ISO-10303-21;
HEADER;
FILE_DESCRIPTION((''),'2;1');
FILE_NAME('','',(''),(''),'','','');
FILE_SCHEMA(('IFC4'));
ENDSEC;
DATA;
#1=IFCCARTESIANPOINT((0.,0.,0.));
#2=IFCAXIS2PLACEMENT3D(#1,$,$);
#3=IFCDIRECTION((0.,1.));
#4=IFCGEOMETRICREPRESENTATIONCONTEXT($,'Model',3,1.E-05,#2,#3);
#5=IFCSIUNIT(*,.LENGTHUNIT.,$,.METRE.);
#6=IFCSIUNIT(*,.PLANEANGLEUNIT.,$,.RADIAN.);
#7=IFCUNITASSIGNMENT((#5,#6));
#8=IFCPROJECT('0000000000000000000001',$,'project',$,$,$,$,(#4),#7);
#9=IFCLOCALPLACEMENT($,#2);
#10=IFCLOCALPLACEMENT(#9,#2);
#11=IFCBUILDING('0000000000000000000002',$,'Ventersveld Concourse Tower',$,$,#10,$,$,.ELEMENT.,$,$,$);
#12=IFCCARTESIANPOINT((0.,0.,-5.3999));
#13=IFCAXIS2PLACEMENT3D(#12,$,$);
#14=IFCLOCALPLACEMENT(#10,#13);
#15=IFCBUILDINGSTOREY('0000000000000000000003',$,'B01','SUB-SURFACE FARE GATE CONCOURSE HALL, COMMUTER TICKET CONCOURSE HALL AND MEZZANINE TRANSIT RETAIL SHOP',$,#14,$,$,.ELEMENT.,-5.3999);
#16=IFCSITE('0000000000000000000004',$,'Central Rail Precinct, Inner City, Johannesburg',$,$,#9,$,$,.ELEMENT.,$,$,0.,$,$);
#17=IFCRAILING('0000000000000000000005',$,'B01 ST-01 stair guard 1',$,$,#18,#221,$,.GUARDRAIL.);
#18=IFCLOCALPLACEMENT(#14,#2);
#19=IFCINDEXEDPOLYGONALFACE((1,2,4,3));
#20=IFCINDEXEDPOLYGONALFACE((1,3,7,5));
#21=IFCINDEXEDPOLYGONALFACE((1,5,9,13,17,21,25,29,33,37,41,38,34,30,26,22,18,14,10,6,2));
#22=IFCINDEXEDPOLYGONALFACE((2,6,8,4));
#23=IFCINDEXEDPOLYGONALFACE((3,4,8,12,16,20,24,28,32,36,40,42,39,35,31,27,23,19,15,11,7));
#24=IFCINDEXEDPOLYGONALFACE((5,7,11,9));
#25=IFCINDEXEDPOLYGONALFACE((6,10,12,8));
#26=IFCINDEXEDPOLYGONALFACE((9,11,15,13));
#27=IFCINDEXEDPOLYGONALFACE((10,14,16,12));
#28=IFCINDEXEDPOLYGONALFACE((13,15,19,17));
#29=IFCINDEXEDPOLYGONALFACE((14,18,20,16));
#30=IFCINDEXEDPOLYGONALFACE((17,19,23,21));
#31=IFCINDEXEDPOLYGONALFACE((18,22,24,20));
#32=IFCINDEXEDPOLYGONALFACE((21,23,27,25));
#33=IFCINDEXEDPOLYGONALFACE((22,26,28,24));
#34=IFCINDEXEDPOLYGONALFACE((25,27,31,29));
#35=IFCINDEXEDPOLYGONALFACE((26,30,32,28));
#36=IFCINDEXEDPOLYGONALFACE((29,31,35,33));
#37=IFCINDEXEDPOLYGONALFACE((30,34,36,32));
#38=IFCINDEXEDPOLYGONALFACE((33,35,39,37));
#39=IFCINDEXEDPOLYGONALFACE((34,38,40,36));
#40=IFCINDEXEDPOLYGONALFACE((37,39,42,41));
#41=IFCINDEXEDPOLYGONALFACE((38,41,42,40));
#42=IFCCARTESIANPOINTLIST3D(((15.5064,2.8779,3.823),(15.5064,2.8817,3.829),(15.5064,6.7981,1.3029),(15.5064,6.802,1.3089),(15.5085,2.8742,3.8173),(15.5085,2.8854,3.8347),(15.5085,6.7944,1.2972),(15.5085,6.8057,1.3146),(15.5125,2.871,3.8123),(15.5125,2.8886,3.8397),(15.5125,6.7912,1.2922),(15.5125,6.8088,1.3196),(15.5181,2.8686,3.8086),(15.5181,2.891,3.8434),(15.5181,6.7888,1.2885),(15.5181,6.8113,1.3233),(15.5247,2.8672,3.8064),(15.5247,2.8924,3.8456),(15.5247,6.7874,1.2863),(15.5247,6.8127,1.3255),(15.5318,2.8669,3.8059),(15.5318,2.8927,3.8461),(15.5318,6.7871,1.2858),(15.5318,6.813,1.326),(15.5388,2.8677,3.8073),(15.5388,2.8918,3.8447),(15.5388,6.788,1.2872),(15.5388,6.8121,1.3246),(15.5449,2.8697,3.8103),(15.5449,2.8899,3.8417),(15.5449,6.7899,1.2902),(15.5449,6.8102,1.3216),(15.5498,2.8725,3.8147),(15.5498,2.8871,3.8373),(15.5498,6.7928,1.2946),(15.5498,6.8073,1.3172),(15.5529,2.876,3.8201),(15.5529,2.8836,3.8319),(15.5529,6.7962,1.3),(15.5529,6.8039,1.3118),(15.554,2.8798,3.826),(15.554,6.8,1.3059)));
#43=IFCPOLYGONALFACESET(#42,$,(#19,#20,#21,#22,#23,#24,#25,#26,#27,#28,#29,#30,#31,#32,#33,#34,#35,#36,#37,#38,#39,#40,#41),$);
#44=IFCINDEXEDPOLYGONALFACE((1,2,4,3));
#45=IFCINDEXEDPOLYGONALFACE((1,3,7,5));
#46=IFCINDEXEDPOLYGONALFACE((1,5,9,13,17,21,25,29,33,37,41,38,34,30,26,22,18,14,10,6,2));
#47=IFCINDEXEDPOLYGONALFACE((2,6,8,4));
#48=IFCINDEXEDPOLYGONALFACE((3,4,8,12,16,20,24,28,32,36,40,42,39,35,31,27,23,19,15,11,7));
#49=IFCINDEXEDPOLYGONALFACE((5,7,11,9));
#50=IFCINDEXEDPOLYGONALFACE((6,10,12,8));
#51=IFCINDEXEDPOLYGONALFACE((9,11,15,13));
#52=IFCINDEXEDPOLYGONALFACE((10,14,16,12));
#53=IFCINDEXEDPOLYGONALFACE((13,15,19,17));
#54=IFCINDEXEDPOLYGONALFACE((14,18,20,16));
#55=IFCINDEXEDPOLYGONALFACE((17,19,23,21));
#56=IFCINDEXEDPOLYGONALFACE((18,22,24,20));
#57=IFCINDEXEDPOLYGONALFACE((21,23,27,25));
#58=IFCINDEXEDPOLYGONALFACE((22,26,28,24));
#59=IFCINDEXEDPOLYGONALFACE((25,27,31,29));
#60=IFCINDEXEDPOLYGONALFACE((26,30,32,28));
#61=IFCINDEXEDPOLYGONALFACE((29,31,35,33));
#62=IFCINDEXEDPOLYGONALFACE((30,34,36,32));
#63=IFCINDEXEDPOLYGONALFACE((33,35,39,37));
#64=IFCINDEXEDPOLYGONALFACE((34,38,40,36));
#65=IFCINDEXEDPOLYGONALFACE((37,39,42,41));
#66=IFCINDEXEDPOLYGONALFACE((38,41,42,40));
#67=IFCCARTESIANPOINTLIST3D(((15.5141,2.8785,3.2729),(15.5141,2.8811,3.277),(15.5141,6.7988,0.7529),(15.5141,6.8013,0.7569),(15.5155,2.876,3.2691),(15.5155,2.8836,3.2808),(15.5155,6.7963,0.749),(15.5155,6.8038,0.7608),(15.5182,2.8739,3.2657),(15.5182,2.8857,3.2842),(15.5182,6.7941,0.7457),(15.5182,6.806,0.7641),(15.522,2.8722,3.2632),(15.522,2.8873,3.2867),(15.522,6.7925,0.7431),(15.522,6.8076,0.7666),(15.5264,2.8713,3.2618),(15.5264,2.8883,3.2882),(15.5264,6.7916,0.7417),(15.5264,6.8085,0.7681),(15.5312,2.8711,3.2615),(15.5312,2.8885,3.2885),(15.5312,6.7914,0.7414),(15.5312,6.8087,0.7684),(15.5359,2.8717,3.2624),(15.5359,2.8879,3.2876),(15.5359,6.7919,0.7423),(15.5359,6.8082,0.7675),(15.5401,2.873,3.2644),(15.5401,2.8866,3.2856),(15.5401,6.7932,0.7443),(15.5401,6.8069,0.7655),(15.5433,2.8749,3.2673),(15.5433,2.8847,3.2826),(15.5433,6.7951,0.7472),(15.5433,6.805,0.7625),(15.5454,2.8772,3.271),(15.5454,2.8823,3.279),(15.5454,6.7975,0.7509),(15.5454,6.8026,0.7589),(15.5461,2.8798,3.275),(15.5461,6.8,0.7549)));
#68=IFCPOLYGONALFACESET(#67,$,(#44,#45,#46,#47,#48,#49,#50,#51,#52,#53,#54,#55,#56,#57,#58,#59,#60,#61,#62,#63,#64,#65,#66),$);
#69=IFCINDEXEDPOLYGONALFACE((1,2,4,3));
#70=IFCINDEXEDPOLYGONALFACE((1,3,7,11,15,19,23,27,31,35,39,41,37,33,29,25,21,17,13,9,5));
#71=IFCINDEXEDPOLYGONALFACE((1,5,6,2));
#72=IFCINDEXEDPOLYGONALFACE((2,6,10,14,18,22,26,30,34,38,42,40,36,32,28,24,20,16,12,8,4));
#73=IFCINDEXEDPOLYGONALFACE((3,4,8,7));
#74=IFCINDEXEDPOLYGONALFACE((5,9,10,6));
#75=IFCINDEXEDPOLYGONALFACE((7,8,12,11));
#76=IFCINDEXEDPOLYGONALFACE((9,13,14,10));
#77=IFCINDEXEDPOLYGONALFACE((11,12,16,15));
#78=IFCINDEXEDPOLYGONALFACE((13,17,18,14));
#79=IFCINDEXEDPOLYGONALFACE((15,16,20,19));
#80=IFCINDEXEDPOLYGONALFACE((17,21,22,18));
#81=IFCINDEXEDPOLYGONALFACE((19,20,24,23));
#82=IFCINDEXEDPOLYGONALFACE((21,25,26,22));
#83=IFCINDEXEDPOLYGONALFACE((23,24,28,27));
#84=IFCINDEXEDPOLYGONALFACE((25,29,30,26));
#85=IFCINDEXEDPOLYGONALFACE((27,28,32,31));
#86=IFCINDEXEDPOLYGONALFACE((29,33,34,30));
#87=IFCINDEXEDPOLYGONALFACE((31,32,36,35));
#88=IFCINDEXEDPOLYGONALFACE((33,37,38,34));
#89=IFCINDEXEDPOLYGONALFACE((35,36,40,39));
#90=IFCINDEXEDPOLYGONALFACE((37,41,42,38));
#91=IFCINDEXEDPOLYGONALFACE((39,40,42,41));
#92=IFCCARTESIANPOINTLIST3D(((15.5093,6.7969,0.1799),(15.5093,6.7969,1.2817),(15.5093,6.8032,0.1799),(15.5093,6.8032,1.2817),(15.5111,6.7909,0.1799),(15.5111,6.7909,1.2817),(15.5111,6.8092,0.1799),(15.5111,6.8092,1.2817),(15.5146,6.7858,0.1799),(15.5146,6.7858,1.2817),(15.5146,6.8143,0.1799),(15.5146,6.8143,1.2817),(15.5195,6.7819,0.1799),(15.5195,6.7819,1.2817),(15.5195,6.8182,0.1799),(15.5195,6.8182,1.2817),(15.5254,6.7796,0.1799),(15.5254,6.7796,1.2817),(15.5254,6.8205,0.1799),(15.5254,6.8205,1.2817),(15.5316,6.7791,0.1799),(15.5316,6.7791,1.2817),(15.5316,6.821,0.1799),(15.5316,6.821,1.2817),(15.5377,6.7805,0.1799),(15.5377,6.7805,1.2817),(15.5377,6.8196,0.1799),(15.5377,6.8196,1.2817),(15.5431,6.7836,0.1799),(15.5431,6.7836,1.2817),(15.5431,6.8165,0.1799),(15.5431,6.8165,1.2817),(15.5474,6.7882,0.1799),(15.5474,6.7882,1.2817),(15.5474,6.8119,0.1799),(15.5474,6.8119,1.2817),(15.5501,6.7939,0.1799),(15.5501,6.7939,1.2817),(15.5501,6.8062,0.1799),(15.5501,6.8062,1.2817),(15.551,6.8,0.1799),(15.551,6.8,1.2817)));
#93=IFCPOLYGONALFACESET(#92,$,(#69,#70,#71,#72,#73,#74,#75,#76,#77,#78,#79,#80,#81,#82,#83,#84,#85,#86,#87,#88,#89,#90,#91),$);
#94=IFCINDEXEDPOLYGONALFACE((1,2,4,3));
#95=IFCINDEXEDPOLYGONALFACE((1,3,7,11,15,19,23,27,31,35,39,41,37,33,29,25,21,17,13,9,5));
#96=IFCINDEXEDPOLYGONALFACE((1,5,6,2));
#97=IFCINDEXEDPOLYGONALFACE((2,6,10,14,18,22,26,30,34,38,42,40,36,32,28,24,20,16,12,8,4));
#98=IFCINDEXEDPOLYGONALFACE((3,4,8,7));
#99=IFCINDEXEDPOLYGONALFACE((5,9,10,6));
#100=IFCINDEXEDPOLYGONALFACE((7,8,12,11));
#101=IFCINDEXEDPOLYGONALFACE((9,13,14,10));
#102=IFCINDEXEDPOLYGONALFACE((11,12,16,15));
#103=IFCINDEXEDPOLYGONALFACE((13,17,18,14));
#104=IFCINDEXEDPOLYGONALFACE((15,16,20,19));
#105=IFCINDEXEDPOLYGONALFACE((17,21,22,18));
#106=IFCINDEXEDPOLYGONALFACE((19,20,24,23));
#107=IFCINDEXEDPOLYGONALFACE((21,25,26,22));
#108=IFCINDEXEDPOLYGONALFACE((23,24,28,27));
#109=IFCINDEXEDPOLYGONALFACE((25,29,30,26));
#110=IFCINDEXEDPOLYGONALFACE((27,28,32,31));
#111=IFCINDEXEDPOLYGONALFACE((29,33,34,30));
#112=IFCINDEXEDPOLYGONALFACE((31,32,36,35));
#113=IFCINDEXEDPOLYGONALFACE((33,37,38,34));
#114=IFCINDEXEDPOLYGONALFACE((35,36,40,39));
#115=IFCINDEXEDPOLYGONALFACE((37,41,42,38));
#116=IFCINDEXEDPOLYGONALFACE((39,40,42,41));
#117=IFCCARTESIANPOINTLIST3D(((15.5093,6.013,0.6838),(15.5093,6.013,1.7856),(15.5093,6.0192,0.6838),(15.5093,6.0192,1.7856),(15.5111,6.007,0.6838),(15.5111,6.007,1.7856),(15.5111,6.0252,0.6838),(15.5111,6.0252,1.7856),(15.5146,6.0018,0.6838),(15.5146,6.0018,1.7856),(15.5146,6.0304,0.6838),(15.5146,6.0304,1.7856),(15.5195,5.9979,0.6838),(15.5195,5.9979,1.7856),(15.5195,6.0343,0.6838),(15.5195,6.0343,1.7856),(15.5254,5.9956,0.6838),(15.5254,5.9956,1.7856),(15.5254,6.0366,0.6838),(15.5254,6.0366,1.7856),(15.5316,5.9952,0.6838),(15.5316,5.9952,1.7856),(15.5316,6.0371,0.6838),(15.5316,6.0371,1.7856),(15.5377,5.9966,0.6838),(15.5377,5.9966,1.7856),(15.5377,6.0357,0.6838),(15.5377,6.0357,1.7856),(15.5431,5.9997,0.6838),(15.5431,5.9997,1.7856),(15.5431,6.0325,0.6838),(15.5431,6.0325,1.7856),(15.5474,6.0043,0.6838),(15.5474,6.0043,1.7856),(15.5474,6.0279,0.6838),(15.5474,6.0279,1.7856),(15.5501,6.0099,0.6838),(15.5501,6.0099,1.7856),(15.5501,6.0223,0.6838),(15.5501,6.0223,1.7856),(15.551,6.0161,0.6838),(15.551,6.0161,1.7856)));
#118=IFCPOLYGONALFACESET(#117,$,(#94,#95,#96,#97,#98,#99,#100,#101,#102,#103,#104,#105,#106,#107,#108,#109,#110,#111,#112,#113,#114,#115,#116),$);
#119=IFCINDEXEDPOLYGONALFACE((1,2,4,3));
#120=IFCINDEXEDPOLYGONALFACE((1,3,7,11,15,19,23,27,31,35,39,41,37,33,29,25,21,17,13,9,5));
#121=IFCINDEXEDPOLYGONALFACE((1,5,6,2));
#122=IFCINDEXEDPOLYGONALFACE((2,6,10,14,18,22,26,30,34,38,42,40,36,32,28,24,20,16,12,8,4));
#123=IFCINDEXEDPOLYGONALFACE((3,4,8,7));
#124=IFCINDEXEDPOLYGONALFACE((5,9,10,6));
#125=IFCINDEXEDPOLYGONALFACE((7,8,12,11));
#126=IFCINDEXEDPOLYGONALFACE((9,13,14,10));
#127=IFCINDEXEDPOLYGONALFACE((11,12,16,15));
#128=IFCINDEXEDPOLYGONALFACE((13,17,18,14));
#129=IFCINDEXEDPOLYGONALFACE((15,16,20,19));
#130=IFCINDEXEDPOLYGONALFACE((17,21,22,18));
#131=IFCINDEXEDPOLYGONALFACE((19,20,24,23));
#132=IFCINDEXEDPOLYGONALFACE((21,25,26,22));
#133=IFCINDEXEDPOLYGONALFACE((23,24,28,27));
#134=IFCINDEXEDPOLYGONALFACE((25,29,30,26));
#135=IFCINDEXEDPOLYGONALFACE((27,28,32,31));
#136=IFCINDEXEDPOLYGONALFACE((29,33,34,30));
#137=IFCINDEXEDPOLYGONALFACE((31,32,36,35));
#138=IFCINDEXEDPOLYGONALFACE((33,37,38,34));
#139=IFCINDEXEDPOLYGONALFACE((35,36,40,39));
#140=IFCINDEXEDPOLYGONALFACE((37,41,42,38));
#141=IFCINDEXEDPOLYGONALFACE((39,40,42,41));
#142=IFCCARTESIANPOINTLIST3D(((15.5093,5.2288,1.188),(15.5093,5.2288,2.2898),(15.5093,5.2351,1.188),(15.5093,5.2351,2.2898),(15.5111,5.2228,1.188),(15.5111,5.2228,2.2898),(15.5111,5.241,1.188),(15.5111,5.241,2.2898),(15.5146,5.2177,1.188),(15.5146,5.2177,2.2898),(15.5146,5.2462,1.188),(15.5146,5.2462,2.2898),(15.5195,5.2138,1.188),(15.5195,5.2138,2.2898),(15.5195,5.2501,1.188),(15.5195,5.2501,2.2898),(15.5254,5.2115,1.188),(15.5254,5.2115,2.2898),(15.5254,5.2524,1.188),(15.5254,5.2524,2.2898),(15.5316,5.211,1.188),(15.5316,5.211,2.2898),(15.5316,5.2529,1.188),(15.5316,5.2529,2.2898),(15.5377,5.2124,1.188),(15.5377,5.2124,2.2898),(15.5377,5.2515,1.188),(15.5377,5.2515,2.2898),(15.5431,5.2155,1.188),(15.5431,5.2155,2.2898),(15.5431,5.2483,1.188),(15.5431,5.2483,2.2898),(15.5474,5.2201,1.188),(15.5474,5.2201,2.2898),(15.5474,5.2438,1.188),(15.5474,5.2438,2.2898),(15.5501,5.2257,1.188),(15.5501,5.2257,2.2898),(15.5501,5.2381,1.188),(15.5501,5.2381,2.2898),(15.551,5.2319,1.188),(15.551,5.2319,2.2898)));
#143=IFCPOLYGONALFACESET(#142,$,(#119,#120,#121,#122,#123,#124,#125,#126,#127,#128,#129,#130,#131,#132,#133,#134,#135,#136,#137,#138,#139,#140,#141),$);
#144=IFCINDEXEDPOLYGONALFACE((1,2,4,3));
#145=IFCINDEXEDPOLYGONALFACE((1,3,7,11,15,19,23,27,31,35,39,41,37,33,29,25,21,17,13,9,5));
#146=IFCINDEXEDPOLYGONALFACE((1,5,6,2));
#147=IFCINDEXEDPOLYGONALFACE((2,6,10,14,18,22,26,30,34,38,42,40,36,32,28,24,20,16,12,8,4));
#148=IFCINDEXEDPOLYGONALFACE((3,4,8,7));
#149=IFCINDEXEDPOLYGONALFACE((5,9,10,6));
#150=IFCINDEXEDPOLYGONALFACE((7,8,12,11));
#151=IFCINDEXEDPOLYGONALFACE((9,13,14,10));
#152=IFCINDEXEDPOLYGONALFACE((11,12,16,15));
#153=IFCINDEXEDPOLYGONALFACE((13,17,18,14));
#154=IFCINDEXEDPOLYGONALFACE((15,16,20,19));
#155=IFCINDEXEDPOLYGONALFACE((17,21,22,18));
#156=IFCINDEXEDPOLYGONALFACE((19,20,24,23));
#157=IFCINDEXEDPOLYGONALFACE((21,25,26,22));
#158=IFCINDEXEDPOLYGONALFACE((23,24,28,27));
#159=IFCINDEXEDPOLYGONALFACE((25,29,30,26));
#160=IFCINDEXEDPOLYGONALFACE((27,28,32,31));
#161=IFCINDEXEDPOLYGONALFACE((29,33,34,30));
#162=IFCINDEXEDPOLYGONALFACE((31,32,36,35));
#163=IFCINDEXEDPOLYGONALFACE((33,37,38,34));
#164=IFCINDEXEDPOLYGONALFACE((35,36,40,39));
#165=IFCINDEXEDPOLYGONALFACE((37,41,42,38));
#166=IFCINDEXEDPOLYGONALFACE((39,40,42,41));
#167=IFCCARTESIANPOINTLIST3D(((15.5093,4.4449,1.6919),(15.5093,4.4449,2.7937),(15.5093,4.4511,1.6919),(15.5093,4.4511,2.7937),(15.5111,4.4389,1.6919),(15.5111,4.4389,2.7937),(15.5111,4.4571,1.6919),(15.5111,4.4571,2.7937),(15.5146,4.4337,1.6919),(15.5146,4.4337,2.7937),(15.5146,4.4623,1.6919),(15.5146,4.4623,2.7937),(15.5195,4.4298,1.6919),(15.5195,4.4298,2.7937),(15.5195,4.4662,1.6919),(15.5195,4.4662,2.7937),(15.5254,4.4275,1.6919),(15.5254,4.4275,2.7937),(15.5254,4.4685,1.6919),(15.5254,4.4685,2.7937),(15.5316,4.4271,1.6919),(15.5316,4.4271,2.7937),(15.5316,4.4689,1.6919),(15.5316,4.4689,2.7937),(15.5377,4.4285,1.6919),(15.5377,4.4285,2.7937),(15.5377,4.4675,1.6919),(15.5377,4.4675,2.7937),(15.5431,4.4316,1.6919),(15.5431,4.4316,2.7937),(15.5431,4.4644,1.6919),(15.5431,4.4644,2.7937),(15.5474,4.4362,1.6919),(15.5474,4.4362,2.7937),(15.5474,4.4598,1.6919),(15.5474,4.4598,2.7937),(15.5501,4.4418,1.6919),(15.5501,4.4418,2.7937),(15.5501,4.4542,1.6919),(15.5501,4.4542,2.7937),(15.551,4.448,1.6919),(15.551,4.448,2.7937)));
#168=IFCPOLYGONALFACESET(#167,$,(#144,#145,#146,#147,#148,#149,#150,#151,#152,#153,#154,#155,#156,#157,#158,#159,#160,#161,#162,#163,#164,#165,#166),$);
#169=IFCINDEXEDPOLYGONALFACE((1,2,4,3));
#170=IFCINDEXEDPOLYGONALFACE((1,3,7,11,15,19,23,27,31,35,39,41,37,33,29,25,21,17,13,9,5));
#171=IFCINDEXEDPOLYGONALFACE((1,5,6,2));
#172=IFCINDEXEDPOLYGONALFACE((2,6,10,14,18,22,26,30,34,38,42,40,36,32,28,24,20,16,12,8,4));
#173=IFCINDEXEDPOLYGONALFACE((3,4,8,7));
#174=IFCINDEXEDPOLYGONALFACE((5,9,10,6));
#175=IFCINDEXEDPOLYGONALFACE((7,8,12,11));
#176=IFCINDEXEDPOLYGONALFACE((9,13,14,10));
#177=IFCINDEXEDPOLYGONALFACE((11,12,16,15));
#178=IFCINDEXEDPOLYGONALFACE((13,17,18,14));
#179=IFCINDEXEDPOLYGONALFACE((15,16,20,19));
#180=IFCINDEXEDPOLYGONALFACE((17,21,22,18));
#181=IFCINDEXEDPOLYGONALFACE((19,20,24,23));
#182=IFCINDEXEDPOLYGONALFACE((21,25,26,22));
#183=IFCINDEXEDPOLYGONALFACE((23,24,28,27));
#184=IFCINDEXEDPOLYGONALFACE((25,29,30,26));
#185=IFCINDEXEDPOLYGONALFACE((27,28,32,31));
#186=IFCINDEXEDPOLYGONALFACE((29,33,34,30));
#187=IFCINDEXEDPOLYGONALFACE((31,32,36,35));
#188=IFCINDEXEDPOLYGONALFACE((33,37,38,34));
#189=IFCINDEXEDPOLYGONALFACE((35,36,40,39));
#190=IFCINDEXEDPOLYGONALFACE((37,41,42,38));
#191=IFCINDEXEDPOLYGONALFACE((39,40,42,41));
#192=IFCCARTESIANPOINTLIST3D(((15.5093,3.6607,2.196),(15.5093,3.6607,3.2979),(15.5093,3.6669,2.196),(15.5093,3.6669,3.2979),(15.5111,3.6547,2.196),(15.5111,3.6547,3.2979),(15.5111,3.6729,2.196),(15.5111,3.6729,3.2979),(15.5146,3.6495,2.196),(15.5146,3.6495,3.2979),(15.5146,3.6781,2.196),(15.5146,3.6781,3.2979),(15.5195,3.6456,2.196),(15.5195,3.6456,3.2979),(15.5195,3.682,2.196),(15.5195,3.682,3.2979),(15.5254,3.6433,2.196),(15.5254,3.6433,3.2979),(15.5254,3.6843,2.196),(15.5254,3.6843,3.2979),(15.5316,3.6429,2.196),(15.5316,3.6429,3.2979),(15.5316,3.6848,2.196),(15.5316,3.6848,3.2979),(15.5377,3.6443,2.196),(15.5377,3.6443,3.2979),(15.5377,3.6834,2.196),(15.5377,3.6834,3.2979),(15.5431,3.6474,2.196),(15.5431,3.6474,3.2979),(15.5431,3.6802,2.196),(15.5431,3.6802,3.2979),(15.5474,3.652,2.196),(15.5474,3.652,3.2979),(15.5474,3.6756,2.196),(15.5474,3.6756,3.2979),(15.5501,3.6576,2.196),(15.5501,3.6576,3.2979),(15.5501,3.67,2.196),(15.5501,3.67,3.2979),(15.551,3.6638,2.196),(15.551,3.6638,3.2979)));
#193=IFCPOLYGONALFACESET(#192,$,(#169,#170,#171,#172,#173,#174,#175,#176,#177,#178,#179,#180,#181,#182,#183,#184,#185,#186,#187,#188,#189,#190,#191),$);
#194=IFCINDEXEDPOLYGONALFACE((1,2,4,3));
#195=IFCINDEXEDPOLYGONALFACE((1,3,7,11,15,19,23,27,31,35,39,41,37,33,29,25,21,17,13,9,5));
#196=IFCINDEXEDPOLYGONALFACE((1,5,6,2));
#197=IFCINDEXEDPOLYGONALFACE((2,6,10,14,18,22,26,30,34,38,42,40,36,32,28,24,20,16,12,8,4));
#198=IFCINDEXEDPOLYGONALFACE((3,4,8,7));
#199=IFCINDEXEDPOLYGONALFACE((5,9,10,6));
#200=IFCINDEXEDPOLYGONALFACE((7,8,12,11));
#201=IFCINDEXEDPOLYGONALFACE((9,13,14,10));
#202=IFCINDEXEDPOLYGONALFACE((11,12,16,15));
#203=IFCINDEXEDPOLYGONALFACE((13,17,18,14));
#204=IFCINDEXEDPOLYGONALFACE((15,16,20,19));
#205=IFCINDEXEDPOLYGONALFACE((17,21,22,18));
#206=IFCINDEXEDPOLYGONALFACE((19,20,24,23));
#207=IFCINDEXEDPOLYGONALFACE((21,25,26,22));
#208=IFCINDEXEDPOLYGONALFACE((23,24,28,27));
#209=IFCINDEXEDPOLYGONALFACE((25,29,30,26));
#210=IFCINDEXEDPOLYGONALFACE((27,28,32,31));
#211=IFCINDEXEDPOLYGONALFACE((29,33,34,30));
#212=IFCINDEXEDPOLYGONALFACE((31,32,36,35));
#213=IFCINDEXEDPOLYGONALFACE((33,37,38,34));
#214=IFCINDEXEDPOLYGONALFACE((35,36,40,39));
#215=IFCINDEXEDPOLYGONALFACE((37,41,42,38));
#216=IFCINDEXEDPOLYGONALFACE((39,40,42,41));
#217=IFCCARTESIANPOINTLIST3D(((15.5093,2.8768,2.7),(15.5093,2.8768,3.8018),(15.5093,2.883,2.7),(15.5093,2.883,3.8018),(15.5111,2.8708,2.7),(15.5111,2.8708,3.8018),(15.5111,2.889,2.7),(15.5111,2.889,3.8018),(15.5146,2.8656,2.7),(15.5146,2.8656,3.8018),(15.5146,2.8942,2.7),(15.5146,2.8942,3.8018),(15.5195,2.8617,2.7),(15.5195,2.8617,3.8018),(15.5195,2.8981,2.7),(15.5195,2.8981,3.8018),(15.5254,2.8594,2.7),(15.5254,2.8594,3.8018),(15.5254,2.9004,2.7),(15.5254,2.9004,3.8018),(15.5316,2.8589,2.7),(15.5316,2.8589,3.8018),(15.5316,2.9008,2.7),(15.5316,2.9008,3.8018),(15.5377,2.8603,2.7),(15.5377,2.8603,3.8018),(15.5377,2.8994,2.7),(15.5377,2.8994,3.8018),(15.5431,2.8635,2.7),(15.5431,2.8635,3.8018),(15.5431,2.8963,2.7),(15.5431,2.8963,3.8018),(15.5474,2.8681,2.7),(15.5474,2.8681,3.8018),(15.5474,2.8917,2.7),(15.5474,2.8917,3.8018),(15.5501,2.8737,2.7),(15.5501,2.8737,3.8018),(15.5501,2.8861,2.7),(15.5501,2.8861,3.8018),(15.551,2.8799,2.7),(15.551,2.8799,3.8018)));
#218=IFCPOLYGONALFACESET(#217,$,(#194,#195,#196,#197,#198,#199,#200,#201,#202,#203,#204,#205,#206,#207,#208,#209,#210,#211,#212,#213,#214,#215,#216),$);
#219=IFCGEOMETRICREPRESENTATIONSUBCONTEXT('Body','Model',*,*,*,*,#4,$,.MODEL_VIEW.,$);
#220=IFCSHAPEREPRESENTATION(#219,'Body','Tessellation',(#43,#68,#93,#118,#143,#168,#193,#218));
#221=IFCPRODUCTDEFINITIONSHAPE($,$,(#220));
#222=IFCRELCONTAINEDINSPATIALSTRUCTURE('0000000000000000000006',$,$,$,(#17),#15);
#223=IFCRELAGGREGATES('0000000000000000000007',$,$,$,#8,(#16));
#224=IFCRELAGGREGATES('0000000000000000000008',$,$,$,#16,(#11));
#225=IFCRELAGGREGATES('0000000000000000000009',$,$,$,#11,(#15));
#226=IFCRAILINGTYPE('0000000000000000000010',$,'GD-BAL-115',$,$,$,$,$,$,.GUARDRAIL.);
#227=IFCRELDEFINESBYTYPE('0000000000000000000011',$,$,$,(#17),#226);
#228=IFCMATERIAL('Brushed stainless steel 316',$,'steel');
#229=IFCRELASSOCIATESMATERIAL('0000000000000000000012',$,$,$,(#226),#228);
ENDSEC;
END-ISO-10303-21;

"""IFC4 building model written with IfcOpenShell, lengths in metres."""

from ifc_helpers import new_model, si_unit, direction, frame, origin, origin_2d, place, context, subcontext, project, spatial, circle, extrude, material, type_object, element, save


model = new_model("IFC4")

# Units and contexts
model_context = context("Model", 3, precision=1e-05, world=origin(), true_north=direction((0.0, 1.0)))
body_context = subcontext(model_context, "Body", "Model", "MODEL_VIEW")
ifc_project = project(units=[si_unit("LENGTHUNIT", "METRE"), si_unit("PLANEANGLEUNIT", "RADIAN")], contexts=[model_context])

# Site, building, storey
site_placement = place(None, origin())
site = spatial("IfcSite", under=ifc_project, at=site_placement, Name="Central Rail Precinct, Inner City, Johannesburg", CompositionType="ELEMENT", RefElevation=0.0)
building_placement = place(site_placement, origin())
building = spatial("IfcBuilding", under=site, at=building_placement, Name="Ventersveld Concourse Tower", CompositionType="ELEMENT")
storey_placement = place(building_placement, frame((0.0, 0.0, -5.3999)))
storey = spatial("IfcBuildingStorey", under=building, at=storey_placement, Name="B01", Description="SUB-SURFACE FARE GATE CONCOURSE HALL, COMMUTER TICKET CONCOURSE HALL AND MEZZANINE TRANSIT RETAIL SHOP", CompositionType="ELEMENT", Elevation=-5.3999)

# Railing
ifc_material_1 = material(Name="Brushed stainless steel 316", Category="steel")
railing_type_1 = type_object("IfcRailingType", Name="GD-BAL-115", PredefinedType="GUARDRAIL", material=ifc_material_1)
railing_1_placement = place(storey_placement, frame((15.53, 6.8, 0.1799)))
element("IfcRailing", 1, at=railing_1_placement, inside=storey, type_object=railing_type_1, Name="B01 ST-01 stair guard 1", PredefinedType="GUARDRAIL", context=body_context, shape_type="SweptSolid", body=[
    extrude(circle(Radius=0.0239, at=origin_2d()), frame((0.0, 0.0, 1.126), z_axis=(0.0, -0.841187, 0.540744), x_axis=(1.0, 0.0, 0.0)), (0.0, 0.0, 1.0), 4.6604),
    extrude(circle(Radius=0.0161, at=origin_2d()), frame((0.0, 0.0, 0.575), z_axis=(0.0, -0.841187, 0.540744), x_axis=(1.0, 0.0, 0.0)), (0.0, 0.0, 1.0), 4.6604),
    extrude(circle(Radius=0.021, at=origin_2d()), origin(), (0.0, 0.0, 1.0), 1.1018),
    extrude(circle(Radius=0.021, at=origin_2d()), frame((0.0, -0.7839, 0.5039)), (0.0, 0.0, 1.0), 1.1018),
    extrude(circle(Radius=0.021, at=origin_2d()), frame((0.0, -1.5681, 1.0081)), (0.0, 0.0, 1.0), 1.1018),
    extrude(circle(Radius=0.021, at=origin_2d()), frame((0.0, -2.3521, 1.512)), (0.0, 0.0, 1.0), 1.1018),
    extrude(circle(Radius=0.021, at=origin_2d()), frame((0.0, -3.1362, 2.0161)), (0.0, 0.0, 1.0), 1.1018),
    extrude(circle(Radius=0.021, at=origin_2d()), frame((0.0, -3.9202, 2.52)), (0.0, 0.0, 1.0), 1.1018),
])

save(model, "model.ifc")
